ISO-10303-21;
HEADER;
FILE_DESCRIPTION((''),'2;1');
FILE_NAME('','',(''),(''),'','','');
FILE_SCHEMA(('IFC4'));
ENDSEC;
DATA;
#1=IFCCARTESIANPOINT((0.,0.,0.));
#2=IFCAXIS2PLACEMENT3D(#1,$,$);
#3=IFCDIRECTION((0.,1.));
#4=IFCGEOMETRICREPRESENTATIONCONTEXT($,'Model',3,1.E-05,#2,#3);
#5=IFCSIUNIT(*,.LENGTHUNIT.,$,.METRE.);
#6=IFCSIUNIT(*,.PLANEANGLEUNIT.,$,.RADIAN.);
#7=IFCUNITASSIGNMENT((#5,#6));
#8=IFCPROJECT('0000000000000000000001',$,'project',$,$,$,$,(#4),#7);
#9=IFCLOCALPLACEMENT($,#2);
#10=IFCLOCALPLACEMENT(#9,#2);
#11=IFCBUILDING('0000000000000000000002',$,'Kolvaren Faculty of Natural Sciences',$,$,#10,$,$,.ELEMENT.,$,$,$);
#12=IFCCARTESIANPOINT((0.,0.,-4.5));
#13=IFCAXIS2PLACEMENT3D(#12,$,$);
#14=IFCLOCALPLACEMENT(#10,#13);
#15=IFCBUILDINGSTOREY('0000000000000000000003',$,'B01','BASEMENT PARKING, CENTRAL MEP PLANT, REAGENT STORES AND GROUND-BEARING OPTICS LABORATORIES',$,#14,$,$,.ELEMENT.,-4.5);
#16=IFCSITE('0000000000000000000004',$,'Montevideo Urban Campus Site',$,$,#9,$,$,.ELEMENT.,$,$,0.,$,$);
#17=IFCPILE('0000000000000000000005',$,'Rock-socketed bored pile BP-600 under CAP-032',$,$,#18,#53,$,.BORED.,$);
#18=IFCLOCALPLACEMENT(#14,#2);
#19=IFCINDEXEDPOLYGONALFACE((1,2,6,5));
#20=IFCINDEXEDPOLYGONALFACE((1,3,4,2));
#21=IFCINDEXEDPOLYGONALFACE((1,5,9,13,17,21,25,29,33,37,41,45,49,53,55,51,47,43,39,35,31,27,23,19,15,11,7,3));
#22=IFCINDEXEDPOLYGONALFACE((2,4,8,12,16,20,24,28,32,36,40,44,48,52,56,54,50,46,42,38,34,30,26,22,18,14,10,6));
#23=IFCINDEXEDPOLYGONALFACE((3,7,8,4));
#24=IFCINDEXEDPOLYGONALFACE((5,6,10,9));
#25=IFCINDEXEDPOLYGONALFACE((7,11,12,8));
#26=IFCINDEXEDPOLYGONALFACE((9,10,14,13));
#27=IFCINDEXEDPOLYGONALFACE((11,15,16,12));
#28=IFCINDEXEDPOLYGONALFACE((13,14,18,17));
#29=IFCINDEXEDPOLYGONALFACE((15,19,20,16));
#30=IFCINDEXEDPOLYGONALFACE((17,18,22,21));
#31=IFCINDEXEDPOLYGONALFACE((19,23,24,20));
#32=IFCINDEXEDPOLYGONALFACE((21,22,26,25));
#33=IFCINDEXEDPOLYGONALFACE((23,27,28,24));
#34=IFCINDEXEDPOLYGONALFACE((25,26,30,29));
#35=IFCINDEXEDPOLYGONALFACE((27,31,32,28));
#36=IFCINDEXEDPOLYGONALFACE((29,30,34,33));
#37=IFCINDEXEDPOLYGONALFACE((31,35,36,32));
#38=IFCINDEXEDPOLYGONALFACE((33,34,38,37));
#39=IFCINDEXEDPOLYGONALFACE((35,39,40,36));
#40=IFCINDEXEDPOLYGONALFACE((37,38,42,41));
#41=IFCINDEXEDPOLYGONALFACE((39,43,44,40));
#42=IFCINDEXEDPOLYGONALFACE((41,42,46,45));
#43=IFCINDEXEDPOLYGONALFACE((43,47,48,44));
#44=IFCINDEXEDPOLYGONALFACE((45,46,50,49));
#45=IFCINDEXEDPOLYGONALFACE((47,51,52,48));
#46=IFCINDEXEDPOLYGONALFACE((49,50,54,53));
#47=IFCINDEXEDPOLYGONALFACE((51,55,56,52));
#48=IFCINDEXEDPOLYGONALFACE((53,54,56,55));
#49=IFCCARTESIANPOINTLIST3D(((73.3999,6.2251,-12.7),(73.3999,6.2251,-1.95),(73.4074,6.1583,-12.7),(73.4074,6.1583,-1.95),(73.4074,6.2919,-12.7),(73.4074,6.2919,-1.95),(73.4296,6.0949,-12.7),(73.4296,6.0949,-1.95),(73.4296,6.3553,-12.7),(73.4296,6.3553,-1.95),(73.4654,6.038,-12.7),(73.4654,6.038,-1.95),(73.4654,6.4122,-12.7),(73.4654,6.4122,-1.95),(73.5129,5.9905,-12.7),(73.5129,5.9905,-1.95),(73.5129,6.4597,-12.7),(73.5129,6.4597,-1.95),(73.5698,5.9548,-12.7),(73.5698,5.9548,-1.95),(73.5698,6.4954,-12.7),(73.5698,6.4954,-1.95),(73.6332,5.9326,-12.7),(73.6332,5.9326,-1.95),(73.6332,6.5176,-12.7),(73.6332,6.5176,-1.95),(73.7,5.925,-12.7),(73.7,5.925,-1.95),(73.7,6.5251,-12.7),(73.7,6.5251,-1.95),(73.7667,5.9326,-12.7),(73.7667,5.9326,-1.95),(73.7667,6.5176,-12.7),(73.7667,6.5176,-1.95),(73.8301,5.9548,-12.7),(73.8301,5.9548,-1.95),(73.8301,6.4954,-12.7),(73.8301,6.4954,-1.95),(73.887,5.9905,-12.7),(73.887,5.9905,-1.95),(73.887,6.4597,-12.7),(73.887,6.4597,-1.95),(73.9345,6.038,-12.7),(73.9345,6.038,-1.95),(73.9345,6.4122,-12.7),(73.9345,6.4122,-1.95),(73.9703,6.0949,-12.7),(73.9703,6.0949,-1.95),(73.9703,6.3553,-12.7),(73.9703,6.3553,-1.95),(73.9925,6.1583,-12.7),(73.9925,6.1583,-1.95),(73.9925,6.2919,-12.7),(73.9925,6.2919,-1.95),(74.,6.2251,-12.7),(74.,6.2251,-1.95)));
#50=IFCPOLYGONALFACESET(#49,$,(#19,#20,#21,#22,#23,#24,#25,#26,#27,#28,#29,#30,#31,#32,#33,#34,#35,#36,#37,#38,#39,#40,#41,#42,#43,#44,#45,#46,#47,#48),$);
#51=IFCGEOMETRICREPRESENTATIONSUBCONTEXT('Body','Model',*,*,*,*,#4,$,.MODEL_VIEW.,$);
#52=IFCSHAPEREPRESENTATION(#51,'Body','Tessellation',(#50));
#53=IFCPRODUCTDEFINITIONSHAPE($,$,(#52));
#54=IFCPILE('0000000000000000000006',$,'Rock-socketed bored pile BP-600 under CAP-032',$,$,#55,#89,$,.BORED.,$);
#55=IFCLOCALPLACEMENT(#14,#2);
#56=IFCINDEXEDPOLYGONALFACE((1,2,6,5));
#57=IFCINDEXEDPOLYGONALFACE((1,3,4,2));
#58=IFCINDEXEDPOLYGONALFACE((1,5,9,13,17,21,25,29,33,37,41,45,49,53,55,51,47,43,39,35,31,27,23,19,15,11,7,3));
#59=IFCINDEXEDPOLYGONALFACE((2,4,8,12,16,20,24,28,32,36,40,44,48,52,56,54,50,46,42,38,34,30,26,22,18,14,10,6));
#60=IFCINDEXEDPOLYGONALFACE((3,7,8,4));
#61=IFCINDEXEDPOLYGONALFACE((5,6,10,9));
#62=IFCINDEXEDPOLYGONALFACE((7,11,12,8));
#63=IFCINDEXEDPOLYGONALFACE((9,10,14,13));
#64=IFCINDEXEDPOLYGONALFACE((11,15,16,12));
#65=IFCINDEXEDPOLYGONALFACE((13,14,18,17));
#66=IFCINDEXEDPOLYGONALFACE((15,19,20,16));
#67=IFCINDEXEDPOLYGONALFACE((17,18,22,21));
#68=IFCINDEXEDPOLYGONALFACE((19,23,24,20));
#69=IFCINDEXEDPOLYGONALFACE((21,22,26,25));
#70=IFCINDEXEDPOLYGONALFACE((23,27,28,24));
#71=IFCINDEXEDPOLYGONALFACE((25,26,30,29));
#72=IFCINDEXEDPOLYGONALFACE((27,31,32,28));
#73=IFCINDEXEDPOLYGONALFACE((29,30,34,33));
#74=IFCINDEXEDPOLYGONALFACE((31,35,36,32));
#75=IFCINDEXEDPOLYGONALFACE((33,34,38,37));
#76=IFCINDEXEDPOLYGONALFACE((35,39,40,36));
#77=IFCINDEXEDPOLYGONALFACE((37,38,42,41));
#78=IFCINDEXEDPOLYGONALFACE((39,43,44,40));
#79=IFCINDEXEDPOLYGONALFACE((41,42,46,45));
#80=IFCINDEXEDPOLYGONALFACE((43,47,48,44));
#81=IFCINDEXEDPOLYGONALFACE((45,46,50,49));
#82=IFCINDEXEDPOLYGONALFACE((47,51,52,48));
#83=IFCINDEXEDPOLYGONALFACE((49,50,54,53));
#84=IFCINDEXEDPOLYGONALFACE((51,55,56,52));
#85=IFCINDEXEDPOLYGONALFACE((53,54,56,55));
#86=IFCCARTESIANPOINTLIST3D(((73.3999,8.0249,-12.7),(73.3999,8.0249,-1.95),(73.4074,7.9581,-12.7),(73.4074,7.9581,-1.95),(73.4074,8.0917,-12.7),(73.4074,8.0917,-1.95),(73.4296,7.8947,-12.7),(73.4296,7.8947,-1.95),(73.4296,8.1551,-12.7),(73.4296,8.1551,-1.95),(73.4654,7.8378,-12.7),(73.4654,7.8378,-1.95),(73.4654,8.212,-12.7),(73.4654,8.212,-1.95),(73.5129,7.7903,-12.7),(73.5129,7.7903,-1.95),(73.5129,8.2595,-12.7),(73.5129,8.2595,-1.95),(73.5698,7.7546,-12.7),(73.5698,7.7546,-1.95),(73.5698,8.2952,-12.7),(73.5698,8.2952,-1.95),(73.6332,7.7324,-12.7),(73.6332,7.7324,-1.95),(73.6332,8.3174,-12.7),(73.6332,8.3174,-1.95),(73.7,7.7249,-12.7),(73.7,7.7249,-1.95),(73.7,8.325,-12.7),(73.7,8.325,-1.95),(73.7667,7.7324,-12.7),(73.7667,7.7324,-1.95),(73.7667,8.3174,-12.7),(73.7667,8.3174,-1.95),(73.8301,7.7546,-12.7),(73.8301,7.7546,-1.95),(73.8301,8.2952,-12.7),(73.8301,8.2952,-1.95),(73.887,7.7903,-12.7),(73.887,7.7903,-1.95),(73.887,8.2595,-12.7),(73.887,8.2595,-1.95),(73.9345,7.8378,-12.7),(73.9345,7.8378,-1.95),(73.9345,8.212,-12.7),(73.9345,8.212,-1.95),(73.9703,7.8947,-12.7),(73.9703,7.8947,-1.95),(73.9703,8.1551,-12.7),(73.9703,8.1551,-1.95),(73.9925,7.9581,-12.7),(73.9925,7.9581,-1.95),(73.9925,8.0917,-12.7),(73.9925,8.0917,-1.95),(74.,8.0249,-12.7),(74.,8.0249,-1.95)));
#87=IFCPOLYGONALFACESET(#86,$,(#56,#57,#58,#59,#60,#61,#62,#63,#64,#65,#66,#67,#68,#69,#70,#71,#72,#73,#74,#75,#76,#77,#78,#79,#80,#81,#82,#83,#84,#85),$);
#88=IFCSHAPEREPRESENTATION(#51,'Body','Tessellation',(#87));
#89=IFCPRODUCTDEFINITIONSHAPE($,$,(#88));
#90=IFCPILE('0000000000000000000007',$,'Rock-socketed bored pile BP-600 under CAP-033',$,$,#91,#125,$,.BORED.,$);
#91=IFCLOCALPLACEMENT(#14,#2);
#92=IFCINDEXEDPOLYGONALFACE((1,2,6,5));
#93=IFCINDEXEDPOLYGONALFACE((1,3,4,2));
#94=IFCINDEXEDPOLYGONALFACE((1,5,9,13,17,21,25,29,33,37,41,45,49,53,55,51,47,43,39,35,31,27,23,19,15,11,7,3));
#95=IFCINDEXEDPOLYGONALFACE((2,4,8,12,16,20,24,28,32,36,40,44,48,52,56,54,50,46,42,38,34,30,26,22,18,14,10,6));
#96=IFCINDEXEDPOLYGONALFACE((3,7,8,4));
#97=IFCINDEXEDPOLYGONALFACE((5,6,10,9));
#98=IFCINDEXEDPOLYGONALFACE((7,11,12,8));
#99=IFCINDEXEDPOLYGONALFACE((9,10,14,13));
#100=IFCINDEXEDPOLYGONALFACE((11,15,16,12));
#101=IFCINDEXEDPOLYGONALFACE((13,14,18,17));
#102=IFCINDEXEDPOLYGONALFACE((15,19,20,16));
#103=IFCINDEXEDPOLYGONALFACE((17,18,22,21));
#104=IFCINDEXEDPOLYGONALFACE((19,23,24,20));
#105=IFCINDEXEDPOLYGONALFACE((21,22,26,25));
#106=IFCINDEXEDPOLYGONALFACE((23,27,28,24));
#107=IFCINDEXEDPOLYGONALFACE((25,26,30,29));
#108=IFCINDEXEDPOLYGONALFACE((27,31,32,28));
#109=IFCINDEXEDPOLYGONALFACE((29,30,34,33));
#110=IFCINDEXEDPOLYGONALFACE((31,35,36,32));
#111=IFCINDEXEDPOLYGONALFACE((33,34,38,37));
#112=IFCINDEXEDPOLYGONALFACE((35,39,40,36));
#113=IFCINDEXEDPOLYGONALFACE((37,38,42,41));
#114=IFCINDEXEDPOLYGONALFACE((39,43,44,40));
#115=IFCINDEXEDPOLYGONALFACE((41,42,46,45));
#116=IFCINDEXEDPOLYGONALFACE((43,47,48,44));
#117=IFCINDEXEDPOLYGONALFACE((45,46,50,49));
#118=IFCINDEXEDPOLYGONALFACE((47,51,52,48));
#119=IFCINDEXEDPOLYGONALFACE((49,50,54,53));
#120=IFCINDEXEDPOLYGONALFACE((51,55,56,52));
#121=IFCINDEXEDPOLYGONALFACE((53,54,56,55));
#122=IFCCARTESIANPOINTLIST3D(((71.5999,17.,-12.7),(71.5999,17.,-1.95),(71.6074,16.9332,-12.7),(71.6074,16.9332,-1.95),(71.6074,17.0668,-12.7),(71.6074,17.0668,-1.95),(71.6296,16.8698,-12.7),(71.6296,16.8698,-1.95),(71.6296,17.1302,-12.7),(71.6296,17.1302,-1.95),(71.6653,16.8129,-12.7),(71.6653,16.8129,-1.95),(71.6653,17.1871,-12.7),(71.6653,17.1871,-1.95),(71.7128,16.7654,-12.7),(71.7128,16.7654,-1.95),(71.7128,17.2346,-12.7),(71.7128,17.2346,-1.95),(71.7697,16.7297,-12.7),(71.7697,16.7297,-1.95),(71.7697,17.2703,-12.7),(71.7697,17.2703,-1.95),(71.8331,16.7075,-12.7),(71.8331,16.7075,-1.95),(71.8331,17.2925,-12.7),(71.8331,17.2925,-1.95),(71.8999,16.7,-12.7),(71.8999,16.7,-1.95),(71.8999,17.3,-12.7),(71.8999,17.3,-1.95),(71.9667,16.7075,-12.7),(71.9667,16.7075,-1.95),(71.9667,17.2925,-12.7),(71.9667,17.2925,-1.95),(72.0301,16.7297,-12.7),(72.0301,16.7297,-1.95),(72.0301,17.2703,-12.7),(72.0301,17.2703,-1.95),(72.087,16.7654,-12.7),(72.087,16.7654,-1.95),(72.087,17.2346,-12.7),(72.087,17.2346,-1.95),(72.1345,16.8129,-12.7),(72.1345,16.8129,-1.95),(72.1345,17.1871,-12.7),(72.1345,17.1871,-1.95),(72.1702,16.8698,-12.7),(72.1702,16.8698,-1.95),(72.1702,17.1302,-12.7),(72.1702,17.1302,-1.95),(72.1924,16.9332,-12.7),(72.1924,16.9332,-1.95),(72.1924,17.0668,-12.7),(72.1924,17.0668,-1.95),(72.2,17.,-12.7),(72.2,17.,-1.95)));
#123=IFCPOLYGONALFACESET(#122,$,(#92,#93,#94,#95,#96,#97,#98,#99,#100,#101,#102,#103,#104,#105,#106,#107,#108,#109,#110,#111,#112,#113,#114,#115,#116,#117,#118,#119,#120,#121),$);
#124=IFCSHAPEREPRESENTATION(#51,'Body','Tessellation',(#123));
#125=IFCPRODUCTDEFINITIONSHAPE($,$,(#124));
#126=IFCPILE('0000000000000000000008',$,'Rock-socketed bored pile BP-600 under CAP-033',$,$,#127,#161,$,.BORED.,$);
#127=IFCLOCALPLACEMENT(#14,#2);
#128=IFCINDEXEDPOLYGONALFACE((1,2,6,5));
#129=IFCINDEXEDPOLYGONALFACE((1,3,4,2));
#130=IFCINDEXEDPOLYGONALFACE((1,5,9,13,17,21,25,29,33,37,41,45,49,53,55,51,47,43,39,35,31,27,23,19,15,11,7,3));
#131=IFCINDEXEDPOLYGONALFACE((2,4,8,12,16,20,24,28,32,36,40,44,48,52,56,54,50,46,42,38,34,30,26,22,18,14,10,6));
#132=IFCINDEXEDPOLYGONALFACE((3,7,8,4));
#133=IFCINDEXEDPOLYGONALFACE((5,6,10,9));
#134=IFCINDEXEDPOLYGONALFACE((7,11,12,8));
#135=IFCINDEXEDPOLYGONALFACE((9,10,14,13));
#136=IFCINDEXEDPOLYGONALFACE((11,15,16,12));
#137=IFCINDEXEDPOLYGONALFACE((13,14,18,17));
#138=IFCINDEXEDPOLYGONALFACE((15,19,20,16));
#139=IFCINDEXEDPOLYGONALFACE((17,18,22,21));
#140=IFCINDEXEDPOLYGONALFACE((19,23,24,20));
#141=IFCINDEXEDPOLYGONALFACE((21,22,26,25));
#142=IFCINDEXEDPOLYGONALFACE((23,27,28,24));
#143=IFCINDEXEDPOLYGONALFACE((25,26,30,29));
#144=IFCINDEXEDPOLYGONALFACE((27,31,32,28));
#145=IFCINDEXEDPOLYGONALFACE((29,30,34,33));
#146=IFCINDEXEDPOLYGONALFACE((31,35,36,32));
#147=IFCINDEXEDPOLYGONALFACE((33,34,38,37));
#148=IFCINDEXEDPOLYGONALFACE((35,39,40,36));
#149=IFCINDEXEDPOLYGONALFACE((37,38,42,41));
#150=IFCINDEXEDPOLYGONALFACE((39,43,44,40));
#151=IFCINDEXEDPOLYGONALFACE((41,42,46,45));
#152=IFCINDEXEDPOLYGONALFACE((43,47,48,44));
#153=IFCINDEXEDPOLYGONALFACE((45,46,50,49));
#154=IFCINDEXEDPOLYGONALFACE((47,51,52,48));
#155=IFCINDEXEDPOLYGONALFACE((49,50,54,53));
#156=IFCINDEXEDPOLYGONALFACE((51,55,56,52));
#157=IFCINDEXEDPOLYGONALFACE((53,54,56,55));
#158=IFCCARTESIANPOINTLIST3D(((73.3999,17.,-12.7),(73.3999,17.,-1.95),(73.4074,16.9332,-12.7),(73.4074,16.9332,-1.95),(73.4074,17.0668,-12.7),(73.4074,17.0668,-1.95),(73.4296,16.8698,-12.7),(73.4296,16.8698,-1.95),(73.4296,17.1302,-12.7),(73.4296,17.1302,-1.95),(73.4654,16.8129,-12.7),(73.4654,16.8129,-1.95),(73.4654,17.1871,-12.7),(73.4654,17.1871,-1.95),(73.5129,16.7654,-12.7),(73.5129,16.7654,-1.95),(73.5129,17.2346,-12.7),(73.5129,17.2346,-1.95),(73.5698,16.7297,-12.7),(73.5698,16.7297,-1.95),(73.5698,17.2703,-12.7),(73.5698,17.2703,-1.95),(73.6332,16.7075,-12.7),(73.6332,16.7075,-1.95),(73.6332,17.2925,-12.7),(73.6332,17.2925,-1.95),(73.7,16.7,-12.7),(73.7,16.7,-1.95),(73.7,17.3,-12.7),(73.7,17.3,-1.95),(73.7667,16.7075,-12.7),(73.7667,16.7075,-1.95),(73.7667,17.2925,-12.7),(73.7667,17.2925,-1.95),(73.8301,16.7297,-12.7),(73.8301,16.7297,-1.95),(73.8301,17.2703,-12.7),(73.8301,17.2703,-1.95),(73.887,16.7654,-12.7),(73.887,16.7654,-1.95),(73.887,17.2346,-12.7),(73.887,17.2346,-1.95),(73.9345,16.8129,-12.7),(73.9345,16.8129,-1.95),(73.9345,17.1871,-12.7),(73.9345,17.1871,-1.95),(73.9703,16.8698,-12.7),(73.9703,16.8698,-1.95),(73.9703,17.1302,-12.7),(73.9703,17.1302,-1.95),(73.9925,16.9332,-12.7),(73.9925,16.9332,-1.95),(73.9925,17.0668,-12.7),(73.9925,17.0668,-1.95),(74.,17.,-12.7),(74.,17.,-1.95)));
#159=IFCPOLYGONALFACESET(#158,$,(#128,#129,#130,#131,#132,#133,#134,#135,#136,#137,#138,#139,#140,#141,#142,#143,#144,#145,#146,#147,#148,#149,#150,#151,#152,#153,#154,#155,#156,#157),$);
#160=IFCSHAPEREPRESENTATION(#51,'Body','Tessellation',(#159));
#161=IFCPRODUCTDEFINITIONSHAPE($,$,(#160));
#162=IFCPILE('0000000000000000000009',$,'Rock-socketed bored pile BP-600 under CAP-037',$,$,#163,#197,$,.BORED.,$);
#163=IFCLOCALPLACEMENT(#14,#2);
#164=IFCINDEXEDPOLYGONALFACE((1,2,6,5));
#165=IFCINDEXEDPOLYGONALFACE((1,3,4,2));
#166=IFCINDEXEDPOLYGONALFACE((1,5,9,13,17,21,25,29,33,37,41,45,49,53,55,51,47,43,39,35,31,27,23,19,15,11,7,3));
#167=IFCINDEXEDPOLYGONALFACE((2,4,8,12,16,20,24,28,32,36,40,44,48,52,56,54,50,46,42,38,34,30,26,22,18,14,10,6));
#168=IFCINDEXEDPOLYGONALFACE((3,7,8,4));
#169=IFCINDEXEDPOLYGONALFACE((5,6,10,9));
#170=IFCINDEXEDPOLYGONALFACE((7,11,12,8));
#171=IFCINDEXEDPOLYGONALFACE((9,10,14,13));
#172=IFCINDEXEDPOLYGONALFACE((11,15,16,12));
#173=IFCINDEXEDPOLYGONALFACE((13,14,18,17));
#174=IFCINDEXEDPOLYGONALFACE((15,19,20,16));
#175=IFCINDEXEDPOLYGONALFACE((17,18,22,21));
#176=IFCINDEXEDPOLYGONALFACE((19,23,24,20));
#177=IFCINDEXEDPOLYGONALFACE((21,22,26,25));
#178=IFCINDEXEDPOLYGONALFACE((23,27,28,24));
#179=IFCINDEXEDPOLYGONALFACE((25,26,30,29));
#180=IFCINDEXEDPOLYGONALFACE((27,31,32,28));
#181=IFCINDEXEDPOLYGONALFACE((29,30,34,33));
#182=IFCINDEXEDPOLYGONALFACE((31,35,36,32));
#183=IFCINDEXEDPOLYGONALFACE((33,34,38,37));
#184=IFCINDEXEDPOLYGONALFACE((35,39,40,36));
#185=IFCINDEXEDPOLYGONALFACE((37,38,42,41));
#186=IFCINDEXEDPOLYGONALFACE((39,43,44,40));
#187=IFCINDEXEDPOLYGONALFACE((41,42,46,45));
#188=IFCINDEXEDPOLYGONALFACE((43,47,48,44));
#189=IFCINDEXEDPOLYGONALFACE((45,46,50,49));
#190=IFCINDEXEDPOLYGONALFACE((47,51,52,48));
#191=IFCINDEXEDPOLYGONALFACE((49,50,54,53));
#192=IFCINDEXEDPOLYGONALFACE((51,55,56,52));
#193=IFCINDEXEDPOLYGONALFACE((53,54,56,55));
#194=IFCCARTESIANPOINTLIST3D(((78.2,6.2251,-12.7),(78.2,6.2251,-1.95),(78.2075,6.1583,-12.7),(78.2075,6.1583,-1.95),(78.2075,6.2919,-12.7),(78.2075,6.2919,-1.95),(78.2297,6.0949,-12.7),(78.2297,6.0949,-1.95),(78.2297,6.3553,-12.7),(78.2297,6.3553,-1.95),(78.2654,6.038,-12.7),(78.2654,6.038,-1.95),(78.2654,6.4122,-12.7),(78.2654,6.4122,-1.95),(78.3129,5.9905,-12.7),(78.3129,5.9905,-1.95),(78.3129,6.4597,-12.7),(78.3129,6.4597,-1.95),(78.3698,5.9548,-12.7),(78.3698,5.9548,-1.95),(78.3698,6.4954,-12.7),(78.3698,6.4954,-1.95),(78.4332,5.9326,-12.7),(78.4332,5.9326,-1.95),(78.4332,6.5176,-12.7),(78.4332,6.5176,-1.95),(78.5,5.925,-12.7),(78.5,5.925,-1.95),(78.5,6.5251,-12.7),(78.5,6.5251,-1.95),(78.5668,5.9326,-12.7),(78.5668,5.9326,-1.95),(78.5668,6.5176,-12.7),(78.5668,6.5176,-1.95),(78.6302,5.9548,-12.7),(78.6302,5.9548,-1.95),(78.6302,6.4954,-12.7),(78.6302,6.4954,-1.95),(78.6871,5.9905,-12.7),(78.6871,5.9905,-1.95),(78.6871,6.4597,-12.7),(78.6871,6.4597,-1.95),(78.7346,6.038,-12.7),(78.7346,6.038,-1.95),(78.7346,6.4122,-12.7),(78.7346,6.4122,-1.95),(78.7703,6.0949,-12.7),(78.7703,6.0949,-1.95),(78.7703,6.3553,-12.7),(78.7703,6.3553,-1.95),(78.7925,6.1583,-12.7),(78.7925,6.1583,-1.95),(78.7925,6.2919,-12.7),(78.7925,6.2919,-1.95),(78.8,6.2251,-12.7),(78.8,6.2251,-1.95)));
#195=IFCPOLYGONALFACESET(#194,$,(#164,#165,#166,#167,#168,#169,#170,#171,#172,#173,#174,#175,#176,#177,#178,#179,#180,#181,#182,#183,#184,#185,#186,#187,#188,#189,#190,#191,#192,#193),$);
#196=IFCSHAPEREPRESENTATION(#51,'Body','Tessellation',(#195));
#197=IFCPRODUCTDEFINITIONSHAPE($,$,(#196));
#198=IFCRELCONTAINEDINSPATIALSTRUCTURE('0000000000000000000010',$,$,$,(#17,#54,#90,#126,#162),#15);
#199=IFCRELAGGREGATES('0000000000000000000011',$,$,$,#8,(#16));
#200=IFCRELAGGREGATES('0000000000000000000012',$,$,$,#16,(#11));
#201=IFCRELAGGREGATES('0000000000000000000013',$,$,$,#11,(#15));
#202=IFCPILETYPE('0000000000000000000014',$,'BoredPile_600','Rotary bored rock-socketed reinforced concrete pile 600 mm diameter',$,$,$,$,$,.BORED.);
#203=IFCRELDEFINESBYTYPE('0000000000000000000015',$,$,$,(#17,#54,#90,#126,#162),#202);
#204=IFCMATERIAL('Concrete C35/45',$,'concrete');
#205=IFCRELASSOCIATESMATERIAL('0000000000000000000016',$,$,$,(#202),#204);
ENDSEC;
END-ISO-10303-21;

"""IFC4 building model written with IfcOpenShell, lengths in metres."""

from ifc_helpers import new_model, si_unit, direction, frame, origin, origin_2d, place, context, subcontext, project, spatial, circle, extrude, material, material_profile, profile_set, type_object, element, save


model = new_model("IFC4")

# Units and contexts
model_context = context("Model", 3, precision=1e-05, world=origin(), true_north=direction((0.0, 1.0)))
body_context = subcontext(model_context, "Body", "Model", "MODEL_VIEW")
ifc_project = project(units=[si_unit("LENGTHUNIT", "METRE"), si_unit("PLANEANGLEUNIT", "RADIAN")], contexts=[model_context])

# Site, building, storey
site_placement = place(None, origin())
site = spatial("IfcSite", under=ifc_project, at=site_placement, Name="Montevideo Urban Campus Site", CompositionType="ELEMENT", RefElevation=0.0)
building_placement = place(site_placement, origin())
building = spatial("IfcBuilding", under=site, at=building_placement, Name="Kolvaren Faculty of Natural Sciences", CompositionType="ELEMENT")
storey_placement = place(building_placement, frame((0.0, 0.0, -4.5)))
storey = spatial("IfcBuildingStorey", under=building, at=storey_placement, Name="B01", Description="BASEMENT PARKING, CENTRAL MEP PLANT, REAGENT STORES AND GROUND-BEARING OPTICS LABORATORIES", CompositionType="ELEMENT", Elevation=-4.5)

# Piles
ifc_material_1 = material(Name="Concrete C35/45", Category="concrete")
ifc_material_profile_1 = material_profile(ifc_material_1, circle(Radius=0.3, at=origin_2d()), Name="PILE D600")
ifc_profile_set_1 = profile_set([ifc_material_profile_1], Name="Concrete C35/45")
pile_type = type_object("IfcPileType", Name="BoredPile_600", Description="Rotary bored rock-socketed reinforced concrete pile 600 mm diameter", PredefinedType="BORED", material=ifc_profile_set_1)
for number, where, z_axis, x_axis, name in (
    (1, (73.7, 6.2251, -1.95), (0.0, 0.0, -1.0), (1.0, 0.0, 0.0), "Rock-socketed bored pile BP-600 under CAP-032"),
    (2, (73.7, 8.0249, -1.95), (0.0, 0.0, -1.0), (1.0, 0.0, 0.0), "Rock-socketed bored pile BP-600 under CAP-032"),
    (3, (71.8999, 17.0, -1.95), (0.0, 0.0, -1.0), (1.0, 0.0, 0.0), "Rock-socketed bored pile BP-600 under CAP-033"),
    (4, (73.7, 17.0, -1.95), (0.0, 0.0, -1.0), (1.0, 0.0, 0.0), "Rock-socketed bored pile BP-600 under CAP-033"),
    (5, (78.5, 6.2251, -1.95), (0.0, 0.0, -1.0), (1.0, 0.0, 0.0), "Rock-socketed bored pile BP-600 under CAP-037"),
):
    element("IfcPile", number, at=place(storey_placement, frame(where, z_axis=z_axis, x_axis=x_axis)), inside=storey, type_object=pile_type, Name=name, PredefinedType="BORED", context=body_context, shape_type="SweptSolid", body=[
        extrude(circle(Radius=0.3, at=origin_2d()), origin(), (0.0, 0.0, 1.0), 10.75),
    ])

save(model, "model.ifc")
